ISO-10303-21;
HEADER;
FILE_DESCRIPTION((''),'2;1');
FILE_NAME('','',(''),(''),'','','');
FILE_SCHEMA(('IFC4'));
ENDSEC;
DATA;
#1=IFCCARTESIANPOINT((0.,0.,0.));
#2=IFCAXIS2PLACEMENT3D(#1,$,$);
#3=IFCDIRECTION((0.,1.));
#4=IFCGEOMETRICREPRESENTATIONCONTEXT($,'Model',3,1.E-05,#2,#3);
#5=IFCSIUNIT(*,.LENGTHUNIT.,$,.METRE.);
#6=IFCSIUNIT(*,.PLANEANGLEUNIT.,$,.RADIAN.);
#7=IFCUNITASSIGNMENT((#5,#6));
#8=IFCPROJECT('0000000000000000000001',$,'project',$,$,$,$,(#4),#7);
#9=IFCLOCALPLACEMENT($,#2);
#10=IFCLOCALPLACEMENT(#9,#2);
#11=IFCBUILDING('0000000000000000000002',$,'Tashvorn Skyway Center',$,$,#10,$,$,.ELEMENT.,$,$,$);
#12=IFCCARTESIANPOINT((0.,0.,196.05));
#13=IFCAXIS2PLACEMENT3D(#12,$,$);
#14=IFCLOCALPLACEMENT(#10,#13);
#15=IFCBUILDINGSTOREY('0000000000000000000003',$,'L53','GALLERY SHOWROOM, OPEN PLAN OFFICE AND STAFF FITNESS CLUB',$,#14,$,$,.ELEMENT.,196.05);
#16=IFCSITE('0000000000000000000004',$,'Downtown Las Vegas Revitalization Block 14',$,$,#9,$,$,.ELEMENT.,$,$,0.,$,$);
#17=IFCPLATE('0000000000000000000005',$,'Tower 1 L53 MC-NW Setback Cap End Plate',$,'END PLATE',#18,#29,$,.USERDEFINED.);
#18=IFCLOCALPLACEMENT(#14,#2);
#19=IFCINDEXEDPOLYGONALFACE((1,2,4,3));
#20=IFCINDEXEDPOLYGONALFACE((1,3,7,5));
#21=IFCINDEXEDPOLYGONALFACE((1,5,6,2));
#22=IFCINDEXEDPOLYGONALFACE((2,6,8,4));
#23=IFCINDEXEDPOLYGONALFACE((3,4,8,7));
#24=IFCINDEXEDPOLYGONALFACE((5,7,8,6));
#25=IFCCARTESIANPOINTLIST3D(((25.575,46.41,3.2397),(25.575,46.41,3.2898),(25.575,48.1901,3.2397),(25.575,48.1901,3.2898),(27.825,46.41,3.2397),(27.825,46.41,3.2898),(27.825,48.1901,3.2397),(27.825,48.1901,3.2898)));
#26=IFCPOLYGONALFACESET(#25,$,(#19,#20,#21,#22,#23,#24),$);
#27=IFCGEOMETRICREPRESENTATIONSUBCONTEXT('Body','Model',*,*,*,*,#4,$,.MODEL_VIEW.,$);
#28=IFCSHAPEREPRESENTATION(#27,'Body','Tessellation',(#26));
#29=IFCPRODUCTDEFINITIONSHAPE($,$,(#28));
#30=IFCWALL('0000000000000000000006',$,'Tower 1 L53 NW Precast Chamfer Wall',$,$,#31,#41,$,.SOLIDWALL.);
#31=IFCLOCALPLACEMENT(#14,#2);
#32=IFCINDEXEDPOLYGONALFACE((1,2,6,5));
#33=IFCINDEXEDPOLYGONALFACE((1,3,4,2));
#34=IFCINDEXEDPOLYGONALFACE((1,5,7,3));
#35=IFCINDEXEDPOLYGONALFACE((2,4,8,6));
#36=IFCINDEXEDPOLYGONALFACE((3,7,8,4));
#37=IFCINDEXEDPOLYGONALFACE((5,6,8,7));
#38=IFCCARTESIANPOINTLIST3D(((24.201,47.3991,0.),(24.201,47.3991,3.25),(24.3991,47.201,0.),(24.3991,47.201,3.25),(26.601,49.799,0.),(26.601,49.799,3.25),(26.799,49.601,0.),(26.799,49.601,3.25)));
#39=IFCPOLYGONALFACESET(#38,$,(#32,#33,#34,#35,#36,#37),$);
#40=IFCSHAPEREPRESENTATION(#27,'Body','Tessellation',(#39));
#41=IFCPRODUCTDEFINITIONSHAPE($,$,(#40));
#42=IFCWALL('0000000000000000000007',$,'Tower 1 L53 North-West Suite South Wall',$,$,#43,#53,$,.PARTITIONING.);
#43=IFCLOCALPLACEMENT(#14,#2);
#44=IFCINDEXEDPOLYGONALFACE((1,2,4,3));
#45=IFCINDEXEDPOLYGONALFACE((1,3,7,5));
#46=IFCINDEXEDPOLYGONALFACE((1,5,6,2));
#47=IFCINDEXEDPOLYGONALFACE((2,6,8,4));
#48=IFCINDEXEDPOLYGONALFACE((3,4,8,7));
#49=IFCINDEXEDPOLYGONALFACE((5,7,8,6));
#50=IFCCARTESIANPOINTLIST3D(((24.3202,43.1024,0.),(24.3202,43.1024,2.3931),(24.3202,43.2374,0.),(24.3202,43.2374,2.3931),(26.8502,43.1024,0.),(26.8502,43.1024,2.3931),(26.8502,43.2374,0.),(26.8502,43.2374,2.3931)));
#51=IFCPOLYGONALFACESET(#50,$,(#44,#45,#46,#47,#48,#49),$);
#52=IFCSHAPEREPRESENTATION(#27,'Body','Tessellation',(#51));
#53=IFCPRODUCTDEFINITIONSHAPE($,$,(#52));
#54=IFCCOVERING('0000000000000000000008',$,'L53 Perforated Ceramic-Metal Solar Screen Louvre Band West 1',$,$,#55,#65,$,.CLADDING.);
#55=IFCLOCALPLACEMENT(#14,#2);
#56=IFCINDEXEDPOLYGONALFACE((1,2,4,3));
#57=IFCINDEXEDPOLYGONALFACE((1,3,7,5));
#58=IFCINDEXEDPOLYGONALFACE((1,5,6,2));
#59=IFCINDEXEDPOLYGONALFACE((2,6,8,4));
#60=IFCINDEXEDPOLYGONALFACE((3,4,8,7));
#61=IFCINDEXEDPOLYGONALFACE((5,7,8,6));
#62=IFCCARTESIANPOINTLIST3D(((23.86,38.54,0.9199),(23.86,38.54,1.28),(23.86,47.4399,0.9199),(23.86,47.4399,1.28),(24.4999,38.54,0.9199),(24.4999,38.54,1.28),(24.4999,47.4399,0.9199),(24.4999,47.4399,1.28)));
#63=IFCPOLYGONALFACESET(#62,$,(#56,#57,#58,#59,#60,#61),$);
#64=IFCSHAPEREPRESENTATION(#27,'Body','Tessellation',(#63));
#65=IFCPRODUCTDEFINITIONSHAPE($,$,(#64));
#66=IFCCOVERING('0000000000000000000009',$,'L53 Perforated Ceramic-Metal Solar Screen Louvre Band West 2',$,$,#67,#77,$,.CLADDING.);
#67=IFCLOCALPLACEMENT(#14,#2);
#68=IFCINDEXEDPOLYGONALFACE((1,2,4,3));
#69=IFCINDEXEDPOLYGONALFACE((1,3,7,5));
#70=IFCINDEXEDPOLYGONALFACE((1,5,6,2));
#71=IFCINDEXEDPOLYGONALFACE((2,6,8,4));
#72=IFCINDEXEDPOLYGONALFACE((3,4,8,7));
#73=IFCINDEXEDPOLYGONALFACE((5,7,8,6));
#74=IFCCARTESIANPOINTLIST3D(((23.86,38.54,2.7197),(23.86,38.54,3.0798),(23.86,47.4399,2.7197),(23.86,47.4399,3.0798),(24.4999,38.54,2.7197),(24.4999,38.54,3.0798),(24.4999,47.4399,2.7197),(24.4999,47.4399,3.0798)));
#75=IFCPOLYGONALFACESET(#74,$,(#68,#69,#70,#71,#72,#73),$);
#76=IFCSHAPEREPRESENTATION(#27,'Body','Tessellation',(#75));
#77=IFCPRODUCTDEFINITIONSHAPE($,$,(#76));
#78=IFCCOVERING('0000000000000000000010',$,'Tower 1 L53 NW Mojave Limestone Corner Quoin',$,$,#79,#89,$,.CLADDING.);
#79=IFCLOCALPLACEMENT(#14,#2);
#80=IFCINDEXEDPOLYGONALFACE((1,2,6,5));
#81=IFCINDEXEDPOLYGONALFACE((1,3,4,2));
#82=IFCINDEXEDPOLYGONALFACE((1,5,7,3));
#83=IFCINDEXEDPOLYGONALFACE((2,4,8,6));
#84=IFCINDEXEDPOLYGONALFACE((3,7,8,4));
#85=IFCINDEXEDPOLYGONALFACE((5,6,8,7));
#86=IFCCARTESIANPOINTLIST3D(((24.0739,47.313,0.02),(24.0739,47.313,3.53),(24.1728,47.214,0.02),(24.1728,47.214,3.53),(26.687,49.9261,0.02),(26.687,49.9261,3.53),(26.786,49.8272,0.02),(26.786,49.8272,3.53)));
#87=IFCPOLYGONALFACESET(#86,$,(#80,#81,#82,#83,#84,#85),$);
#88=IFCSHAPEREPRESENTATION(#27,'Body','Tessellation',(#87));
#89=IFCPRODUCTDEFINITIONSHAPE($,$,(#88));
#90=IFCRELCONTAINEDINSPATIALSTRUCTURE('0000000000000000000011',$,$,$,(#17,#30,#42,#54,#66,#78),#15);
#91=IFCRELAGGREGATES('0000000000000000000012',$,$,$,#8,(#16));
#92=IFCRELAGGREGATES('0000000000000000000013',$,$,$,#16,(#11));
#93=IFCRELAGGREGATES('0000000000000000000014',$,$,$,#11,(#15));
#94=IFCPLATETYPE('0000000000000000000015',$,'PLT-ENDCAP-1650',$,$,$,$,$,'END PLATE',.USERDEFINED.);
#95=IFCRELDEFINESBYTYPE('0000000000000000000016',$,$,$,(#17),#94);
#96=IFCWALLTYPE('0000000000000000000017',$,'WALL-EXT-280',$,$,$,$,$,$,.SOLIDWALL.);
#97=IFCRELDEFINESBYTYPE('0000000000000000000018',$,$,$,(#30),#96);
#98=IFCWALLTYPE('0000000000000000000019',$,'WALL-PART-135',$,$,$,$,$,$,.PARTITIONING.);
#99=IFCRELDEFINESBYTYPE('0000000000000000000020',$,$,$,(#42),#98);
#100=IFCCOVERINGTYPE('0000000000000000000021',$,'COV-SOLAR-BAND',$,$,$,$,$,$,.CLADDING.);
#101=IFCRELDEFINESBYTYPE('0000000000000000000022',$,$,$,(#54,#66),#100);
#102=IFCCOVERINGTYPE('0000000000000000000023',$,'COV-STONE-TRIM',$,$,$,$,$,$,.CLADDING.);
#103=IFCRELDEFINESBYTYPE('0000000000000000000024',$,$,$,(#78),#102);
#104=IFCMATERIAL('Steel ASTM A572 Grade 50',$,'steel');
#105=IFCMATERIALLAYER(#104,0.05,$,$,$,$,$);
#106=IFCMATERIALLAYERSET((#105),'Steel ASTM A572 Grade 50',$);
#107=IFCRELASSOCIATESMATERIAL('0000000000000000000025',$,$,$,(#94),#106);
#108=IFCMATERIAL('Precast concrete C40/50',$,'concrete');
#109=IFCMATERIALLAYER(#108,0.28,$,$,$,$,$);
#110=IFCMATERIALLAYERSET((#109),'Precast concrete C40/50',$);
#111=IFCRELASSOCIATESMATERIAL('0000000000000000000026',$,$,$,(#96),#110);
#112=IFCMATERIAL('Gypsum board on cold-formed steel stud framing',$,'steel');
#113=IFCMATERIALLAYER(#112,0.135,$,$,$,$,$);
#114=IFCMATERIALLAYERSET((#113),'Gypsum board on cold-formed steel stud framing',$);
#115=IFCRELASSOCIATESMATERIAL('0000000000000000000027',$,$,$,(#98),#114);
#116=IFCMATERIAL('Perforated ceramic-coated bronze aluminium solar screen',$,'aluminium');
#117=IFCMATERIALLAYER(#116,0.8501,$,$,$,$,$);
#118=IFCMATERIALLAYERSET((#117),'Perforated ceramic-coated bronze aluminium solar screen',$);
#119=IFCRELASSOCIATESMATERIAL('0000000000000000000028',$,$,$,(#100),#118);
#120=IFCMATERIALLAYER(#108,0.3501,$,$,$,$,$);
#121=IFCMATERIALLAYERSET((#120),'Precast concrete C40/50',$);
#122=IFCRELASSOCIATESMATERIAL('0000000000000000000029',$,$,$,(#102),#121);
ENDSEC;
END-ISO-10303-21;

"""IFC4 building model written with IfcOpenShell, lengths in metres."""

from ifc_helpers import new_model, si_unit, direction, frame, frame_2d, origin, origin_2d, place, context, subcontext, project, spatial, rectangle, extrude, material, layer, layer_set, type_object, element, save


model = new_model("IFC4")

# Units and contexts
model_context = context("Model", 3, precision=1e-05, world=origin(), true_north=direction((0.0, 1.0)))
body_context = subcontext(model_context, "Body", "Model", "MODEL_VIEW")
ifc_project = project(units=[si_unit("LENGTHUNIT", "METRE"), si_unit("PLANEANGLEUNIT", "RADIAN")], contexts=[model_context])

# Site, building, storey
site_placement = place(None, origin())
site = spatial("IfcSite", under=ifc_project, at=site_placement, Name="Downtown Las Vegas Revitalization Block 14", CompositionType="ELEMENT", RefElevation=0.0)
building_placement = place(site_placement, origin())
building = spatial("IfcBuilding", under=site, at=building_placement, Name="Tashvorn Skyway Center", CompositionType="ELEMENT")
storey_placement = place(building_placement, frame((0.0, 0.0, 196.05)))
storey = spatial("IfcBuildingStorey", under=building, at=storey_placement, Name="L53", Description="GALLERY SHOWROOM, OPEN PLAN OFFICE AND STAFF FITNESS CLUB", CompositionType="ELEMENT", Elevation=196.05)

# Shared definitions
ifc_material_1 = material(Name="Steel ASTM A572 Grade 50", Category="steel")

# Plate
ifc_layer_1 = layer(ifc_material_1, 0.05)
ifc_layer_set_1 = layer_set([ifc_layer_1], Name="Steel ASTM A572 Grade 50")
plate_type_1 = type_object("IfcPlateType", Name="PLT-ENDCAP-1650", ElementType="END PLATE", PredefinedType="USERDEFINED", material=ifc_layer_set_1)
plate_1_placement = place(storey_placement, frame((26.7, 47.3, 3.2397), z_axis=(0.0, 0.0, 1.0), x_axis=(1.0, 0.0, 0.0)))
element("IfcPlate", 1, at=plate_1_placement, inside=storey, type_object=plate_type_1, Name="Tower 1 L53 MC-NW Setback Cap End Plate", ObjectType="END PLATE", PredefinedType="USERDEFINED", context=body_context, shape_type="SweptSolid", body=[
    extrude(rectangle(XDim=2.25, YDim=1.78, at=origin_2d()), origin(), (0.0, 0.0, 1.0), 0.05),
])

# Walls
ifc_material_2 = material(Name="Precast concrete C40/50", Category="concrete")
ifc_layer_2 = layer(ifc_material_2, 0.28)
ifc_layer_set_2 = layer_set([ifc_layer_2], Name="Precast concrete C40/50")
wall_type_1 = type_object("IfcWallType", Name="WALL-EXT-280", PredefinedType="SOLIDWALL", material=ifc_layer_set_2)
wall_1_placement = place(storey_placement, frame((24.3, 47.3, 0.0), z_axis=(0.0, 0.0, 1.0), x_axis=(0.707107, 0.707107, 0.0)))
element("IfcWall", 2, at=wall_1_placement, inside=storey, type_object=wall_type_1, Name="Tower 1 L53 NW Precast Chamfer Wall", PredefinedType="SOLIDWALL", context=body_context, shape_type="SweptSolid", body=[
    extrude(rectangle(XDim=3.394, YDim=0.28, at=frame_2d((1.697, 0.0))), origin(), (0.0, 0.0, 1.0), 3.25),
])
ifc_material_3 = material(Name="Gypsum board on cold-formed steel stud framing", Category="steel")
ifc_layer_3 = layer(ifc_material_3, 0.135)
ifc_layer_set_3 = layer_set([ifc_layer_3], Name="Gypsum board on cold-formed steel stud framing")
wall_type_2 = type_object("IfcWallType", Name="WALL-PART-135", PredefinedType="PARTITIONING", material=ifc_layer_set_3)
wall_2_placement = place(storey_placement, frame((24.3201, 43.1699, 0.0), z_axis=(0.0, 0.0, 1.0), x_axis=(1.0, 0.0, 0.0)))
element("IfcWall", 3, at=wall_2_placement, inside=storey, type_object=wall_type_2, Name="Tower 1 L53 North-West Suite South Wall", PredefinedType="PARTITIONING", context=body_context, shape_type="SweptSolid", body=[
    extrude(rectangle(XDim=2.53, YDim=0.135, at=frame_2d((1.2651, 0.0))), origin(), (0.0, 0.0, 1.0), 2.3931),
])

# Coverings
ifc_material_4 = material(Name="Perforated ceramic-coated bronze aluminium solar screen", Category="aluminium")
ifc_layer_4 = layer(ifc_material_4, 0.8501)
ifc_layer_set_4 = layer_set([ifc_layer_4], Name="Perforated ceramic-coated bronze aluminium solar screen")
covering_type_1 = type_object("IfcCoveringType", Name="COV-SOLAR-BAND", PredefinedType="CLADDING", material=ifc_layer_set_4)
for number, where, z_axis, x_axis, name in (
    (4, (24.1799, 42.99, 0.9199), (0.0, 0.0, 1.0), (0.0, 1.0, 0.0), "L53 Perforated Ceramic-Metal Solar Screen Louvre Band West 1"),
    (5, (24.1799, 42.99, 2.7197), (0.0, 0.0, 1.0), (0.0, 1.0, 0.0), "L53 Perforated Ceramic-Metal Solar Screen Louvre Band West 2"),
):
    element("IfcCovering", number, at=place(storey_placement, frame(where, z_axis=z_axis, x_axis=x_axis)), inside=storey, type_object=covering_type_1, Name=name, PredefinedType="CLADDING", context=body_context, shape_type="SweptSolid", body=[
        extrude(rectangle(XDim=8.8999, YDim=0.6399, at=origin_2d()), origin(), (0.0, 0.0, 1.0), 0.3601),
    ])
ifc_layer_5 = layer(ifc_material_2, 0.3501)
ifc_layer_set_5 = layer_set([ifc_layer_5], Name="Precast concrete C40/50")
covering_type_2 = type_object("IfcCoveringType", Name="COV-STONE-TRIM", PredefinedType="CLADDING", material=ifc_layer_set_5)
covering_placement = place(storey_placement, frame((25.4299, 48.5701, 0.02), z_axis=(0.0, 0.0, 1.0), x_axis=(-0.707107, -0.707107, 0.0)))
element("IfcCovering", 6, at=covering_placement, inside=storey, type_object=covering_type_2, Name="Tower 1 L53 NW Mojave Limestone Corner Quoin", PredefinedType="CLADDING", context=body_context, shape_type="SweptSolid", body=[
    extrude(rectangle(XDim=3.6956, YDim=0.1399, at=origin_2d()), origin(), (0.0, 0.0, 1.0), 3.51),
])

save(model, "model.ifc")
